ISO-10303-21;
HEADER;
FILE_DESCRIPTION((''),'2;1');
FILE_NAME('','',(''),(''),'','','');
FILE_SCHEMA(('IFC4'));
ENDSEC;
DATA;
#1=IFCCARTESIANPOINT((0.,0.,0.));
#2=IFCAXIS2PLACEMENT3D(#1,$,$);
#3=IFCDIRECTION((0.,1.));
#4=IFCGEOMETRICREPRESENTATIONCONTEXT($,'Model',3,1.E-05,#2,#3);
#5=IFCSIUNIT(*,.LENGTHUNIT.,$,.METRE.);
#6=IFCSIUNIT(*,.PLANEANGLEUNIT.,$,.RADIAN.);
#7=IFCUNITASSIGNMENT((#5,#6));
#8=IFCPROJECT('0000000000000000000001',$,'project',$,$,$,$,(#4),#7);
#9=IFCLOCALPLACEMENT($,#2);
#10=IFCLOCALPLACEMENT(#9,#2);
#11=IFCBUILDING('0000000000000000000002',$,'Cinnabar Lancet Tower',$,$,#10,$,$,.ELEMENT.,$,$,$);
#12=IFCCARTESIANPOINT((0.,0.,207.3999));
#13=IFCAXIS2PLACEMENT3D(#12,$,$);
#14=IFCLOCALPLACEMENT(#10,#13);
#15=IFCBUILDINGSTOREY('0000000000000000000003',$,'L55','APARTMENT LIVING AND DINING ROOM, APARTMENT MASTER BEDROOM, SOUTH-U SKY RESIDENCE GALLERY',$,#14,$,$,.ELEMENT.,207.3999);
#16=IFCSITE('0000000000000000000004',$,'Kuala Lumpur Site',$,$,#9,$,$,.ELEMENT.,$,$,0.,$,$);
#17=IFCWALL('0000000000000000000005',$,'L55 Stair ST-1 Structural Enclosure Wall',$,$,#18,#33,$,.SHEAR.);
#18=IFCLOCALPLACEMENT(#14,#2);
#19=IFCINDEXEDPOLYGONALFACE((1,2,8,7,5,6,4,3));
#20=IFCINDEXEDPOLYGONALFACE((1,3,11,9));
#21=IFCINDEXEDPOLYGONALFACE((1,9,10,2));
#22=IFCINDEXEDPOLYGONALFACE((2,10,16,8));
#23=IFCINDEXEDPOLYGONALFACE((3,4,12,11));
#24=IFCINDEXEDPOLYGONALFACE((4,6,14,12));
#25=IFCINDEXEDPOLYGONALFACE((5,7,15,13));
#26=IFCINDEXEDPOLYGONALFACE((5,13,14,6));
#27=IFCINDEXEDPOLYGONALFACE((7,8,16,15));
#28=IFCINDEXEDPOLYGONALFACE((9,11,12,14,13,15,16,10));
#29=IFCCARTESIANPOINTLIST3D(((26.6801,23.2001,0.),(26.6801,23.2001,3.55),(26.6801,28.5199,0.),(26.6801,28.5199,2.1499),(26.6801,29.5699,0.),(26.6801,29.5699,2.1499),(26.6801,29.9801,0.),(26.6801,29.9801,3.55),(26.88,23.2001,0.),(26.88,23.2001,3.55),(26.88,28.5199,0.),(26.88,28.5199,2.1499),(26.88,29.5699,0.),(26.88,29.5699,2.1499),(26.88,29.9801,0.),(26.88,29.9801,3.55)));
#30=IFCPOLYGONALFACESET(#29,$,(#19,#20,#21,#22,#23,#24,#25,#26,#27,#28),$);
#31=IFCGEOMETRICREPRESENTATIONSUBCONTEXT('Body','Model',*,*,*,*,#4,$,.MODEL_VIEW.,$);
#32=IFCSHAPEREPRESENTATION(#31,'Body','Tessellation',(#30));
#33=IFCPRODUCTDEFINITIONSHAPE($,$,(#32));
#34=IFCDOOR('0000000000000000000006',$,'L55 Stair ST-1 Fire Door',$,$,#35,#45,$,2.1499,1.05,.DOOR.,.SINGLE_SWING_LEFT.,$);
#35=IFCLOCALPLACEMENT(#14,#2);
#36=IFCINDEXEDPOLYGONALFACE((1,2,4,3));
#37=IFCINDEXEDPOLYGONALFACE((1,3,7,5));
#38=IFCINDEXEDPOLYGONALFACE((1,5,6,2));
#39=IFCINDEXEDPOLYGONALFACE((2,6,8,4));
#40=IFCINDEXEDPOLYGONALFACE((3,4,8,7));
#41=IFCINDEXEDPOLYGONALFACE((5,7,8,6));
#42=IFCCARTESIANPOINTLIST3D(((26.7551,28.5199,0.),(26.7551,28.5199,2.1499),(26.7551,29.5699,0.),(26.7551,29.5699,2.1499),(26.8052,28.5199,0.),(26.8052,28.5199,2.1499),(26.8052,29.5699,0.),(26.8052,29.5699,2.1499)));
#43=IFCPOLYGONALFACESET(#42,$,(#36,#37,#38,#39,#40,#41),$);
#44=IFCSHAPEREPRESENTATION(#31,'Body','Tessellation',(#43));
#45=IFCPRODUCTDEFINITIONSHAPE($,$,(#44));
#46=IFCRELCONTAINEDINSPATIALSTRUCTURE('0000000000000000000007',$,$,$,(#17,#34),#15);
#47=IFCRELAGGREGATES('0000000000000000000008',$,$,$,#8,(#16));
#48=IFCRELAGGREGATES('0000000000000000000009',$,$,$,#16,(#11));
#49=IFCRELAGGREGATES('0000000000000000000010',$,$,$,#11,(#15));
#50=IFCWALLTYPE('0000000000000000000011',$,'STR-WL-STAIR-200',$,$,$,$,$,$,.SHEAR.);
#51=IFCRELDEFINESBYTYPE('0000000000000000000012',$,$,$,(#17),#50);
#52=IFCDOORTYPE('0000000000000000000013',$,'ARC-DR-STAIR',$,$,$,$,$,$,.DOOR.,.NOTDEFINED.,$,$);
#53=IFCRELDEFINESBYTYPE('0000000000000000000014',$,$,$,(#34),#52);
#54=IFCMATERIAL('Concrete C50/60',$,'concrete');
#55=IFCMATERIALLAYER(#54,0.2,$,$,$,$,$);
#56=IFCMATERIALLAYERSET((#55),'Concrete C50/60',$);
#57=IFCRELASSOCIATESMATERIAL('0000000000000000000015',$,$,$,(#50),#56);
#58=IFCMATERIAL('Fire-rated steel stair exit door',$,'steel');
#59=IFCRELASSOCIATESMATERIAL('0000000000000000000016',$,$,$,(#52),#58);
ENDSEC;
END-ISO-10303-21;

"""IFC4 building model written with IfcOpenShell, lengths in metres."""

from ifc_helpers import new_model, si_unit, direction, frame, frame_2d, origin, place, context, subcontext, project, spatial, rectangle, extrude, material, layer, layer_set, type_object, element, fill, save


model = new_model("IFC4")

# Units and contexts
model_context = context("Model", 3, precision=1e-05, world=origin(), true_north=direction((0.0, 1.0)))
body_context = subcontext(model_context, "Body", "Model", "MODEL_VIEW")
ifc_project = project(units=[si_unit("LENGTHUNIT", "METRE"), si_unit("PLANEANGLEUNIT", "RADIAN")], contexts=[model_context])

# Site, building, storey
site_placement = place(None, origin())
site = spatial("IfcSite", under=ifc_project, at=site_placement, Name="Kuala Lumpur Site", CompositionType="ELEMENT", RefElevation=0.0)
building_placement = place(site_placement, origin())
building = spatial("IfcBuilding", under=site, at=building_placement, Name="Cinnabar Lancet Tower", CompositionType="ELEMENT")
storey_placement = place(building_placement, frame((0.0, 0.0, 207.3999)))
storey = spatial("IfcBuildingStorey", under=building, at=storey_placement, Name="L55", Description="APARTMENT LIVING AND DINING ROOM, APARTMENT MASTER BEDROOM, SOUTH-U SKY RESIDENCE GALLERY", CompositionType="ELEMENT", Elevation=207.3999)

# Wall, opening, door
ifc_material_1 = material(Name="Concrete C50/60", Category="concrete")
ifc_layer_1 = layer(ifc_material_1, 0.2)
ifc_layer_set_1 = layer_set([ifc_layer_1], Name="Concrete C50/60")
wall_type_1 = type_object("IfcWallType", Name="STR-WL-STAIR-200", PredefinedType="SHEAR", material=ifc_layer_set_1)
wall_1_placement = place(storey_placement, frame((26.78, 23.2, 0.0), z_axis=(0.0, 0.0, 1.0), x_axis=(0.0, 1.0, 0.0)))
wall_1 = element("IfcWall", 1, at=wall_1_placement, inside=storey, type_object=wall_type_1, Name="L55 Stair ST-1 Structural Enclosure Wall", PredefinedType="SHEAR", context=body_context, shape_type="SweptSolid", body=[
    extrude(rectangle(XDim=6.78, YDim=0.2, at=frame_2d((3.3901, 0.0))), origin(), (0.0, 0.0, 1.0), 3.55),
])
opening_1_placement = place(wall_1_placement, frame((5.3201, 0.0, 0.0)))
opening_1 = element("IfcOpeningElement", 2, at=opening_1_placement, cuts=wall_1, PredefinedType="OPENING", context=body_context, shape_type="SweptSolid", body=[
    extrude(rectangle(XDim=1.05, YDim=2.1499, at=frame_2d((0.5249, 1.075))), frame((0.0, 0.1099, 0.0), z_axis=(0.0, -1.0, 0.0), x_axis=(1.0, 0.0, 0.0)), (0.0, 0.0, 1.0), 0.22),
])
ifc_material_2 = material(Name="Fire-rated steel stair exit door", Category="steel")
door_type_1 = type_object("IfcDoorType", Name="ARC-DR-STAIR", OperationType="NOTDEFINED", PredefinedType="DOOR", material=ifc_material_2)
door_1_placement = place(opening_1_placement, origin())
door_1 = element("IfcDoor", 3, at=door_1_placement, inside=storey, type_object=door_type_1, Name="L55 Stair ST-1 Fire Door", OperationType="SINGLE_SWING_LEFT", OverallHeight=2.1499, OverallWidth=1.05, PredefinedType="DOOR", context=body_context, shape_type="SweptSolid", body=[
    extrude(rectangle(XDim=1.05, YDim=2.1499, at=frame_2d((0.5249, 1.075))), frame((0.0, 0.0249, 0.0), z_axis=(0.0, -1.0, 0.0), x_axis=(1.0, 0.0, 0.0)), (0.0, 0.0, 1.0), 0.05),
])
fill(opening_1, door_1)

save(model, "model.ifc")
